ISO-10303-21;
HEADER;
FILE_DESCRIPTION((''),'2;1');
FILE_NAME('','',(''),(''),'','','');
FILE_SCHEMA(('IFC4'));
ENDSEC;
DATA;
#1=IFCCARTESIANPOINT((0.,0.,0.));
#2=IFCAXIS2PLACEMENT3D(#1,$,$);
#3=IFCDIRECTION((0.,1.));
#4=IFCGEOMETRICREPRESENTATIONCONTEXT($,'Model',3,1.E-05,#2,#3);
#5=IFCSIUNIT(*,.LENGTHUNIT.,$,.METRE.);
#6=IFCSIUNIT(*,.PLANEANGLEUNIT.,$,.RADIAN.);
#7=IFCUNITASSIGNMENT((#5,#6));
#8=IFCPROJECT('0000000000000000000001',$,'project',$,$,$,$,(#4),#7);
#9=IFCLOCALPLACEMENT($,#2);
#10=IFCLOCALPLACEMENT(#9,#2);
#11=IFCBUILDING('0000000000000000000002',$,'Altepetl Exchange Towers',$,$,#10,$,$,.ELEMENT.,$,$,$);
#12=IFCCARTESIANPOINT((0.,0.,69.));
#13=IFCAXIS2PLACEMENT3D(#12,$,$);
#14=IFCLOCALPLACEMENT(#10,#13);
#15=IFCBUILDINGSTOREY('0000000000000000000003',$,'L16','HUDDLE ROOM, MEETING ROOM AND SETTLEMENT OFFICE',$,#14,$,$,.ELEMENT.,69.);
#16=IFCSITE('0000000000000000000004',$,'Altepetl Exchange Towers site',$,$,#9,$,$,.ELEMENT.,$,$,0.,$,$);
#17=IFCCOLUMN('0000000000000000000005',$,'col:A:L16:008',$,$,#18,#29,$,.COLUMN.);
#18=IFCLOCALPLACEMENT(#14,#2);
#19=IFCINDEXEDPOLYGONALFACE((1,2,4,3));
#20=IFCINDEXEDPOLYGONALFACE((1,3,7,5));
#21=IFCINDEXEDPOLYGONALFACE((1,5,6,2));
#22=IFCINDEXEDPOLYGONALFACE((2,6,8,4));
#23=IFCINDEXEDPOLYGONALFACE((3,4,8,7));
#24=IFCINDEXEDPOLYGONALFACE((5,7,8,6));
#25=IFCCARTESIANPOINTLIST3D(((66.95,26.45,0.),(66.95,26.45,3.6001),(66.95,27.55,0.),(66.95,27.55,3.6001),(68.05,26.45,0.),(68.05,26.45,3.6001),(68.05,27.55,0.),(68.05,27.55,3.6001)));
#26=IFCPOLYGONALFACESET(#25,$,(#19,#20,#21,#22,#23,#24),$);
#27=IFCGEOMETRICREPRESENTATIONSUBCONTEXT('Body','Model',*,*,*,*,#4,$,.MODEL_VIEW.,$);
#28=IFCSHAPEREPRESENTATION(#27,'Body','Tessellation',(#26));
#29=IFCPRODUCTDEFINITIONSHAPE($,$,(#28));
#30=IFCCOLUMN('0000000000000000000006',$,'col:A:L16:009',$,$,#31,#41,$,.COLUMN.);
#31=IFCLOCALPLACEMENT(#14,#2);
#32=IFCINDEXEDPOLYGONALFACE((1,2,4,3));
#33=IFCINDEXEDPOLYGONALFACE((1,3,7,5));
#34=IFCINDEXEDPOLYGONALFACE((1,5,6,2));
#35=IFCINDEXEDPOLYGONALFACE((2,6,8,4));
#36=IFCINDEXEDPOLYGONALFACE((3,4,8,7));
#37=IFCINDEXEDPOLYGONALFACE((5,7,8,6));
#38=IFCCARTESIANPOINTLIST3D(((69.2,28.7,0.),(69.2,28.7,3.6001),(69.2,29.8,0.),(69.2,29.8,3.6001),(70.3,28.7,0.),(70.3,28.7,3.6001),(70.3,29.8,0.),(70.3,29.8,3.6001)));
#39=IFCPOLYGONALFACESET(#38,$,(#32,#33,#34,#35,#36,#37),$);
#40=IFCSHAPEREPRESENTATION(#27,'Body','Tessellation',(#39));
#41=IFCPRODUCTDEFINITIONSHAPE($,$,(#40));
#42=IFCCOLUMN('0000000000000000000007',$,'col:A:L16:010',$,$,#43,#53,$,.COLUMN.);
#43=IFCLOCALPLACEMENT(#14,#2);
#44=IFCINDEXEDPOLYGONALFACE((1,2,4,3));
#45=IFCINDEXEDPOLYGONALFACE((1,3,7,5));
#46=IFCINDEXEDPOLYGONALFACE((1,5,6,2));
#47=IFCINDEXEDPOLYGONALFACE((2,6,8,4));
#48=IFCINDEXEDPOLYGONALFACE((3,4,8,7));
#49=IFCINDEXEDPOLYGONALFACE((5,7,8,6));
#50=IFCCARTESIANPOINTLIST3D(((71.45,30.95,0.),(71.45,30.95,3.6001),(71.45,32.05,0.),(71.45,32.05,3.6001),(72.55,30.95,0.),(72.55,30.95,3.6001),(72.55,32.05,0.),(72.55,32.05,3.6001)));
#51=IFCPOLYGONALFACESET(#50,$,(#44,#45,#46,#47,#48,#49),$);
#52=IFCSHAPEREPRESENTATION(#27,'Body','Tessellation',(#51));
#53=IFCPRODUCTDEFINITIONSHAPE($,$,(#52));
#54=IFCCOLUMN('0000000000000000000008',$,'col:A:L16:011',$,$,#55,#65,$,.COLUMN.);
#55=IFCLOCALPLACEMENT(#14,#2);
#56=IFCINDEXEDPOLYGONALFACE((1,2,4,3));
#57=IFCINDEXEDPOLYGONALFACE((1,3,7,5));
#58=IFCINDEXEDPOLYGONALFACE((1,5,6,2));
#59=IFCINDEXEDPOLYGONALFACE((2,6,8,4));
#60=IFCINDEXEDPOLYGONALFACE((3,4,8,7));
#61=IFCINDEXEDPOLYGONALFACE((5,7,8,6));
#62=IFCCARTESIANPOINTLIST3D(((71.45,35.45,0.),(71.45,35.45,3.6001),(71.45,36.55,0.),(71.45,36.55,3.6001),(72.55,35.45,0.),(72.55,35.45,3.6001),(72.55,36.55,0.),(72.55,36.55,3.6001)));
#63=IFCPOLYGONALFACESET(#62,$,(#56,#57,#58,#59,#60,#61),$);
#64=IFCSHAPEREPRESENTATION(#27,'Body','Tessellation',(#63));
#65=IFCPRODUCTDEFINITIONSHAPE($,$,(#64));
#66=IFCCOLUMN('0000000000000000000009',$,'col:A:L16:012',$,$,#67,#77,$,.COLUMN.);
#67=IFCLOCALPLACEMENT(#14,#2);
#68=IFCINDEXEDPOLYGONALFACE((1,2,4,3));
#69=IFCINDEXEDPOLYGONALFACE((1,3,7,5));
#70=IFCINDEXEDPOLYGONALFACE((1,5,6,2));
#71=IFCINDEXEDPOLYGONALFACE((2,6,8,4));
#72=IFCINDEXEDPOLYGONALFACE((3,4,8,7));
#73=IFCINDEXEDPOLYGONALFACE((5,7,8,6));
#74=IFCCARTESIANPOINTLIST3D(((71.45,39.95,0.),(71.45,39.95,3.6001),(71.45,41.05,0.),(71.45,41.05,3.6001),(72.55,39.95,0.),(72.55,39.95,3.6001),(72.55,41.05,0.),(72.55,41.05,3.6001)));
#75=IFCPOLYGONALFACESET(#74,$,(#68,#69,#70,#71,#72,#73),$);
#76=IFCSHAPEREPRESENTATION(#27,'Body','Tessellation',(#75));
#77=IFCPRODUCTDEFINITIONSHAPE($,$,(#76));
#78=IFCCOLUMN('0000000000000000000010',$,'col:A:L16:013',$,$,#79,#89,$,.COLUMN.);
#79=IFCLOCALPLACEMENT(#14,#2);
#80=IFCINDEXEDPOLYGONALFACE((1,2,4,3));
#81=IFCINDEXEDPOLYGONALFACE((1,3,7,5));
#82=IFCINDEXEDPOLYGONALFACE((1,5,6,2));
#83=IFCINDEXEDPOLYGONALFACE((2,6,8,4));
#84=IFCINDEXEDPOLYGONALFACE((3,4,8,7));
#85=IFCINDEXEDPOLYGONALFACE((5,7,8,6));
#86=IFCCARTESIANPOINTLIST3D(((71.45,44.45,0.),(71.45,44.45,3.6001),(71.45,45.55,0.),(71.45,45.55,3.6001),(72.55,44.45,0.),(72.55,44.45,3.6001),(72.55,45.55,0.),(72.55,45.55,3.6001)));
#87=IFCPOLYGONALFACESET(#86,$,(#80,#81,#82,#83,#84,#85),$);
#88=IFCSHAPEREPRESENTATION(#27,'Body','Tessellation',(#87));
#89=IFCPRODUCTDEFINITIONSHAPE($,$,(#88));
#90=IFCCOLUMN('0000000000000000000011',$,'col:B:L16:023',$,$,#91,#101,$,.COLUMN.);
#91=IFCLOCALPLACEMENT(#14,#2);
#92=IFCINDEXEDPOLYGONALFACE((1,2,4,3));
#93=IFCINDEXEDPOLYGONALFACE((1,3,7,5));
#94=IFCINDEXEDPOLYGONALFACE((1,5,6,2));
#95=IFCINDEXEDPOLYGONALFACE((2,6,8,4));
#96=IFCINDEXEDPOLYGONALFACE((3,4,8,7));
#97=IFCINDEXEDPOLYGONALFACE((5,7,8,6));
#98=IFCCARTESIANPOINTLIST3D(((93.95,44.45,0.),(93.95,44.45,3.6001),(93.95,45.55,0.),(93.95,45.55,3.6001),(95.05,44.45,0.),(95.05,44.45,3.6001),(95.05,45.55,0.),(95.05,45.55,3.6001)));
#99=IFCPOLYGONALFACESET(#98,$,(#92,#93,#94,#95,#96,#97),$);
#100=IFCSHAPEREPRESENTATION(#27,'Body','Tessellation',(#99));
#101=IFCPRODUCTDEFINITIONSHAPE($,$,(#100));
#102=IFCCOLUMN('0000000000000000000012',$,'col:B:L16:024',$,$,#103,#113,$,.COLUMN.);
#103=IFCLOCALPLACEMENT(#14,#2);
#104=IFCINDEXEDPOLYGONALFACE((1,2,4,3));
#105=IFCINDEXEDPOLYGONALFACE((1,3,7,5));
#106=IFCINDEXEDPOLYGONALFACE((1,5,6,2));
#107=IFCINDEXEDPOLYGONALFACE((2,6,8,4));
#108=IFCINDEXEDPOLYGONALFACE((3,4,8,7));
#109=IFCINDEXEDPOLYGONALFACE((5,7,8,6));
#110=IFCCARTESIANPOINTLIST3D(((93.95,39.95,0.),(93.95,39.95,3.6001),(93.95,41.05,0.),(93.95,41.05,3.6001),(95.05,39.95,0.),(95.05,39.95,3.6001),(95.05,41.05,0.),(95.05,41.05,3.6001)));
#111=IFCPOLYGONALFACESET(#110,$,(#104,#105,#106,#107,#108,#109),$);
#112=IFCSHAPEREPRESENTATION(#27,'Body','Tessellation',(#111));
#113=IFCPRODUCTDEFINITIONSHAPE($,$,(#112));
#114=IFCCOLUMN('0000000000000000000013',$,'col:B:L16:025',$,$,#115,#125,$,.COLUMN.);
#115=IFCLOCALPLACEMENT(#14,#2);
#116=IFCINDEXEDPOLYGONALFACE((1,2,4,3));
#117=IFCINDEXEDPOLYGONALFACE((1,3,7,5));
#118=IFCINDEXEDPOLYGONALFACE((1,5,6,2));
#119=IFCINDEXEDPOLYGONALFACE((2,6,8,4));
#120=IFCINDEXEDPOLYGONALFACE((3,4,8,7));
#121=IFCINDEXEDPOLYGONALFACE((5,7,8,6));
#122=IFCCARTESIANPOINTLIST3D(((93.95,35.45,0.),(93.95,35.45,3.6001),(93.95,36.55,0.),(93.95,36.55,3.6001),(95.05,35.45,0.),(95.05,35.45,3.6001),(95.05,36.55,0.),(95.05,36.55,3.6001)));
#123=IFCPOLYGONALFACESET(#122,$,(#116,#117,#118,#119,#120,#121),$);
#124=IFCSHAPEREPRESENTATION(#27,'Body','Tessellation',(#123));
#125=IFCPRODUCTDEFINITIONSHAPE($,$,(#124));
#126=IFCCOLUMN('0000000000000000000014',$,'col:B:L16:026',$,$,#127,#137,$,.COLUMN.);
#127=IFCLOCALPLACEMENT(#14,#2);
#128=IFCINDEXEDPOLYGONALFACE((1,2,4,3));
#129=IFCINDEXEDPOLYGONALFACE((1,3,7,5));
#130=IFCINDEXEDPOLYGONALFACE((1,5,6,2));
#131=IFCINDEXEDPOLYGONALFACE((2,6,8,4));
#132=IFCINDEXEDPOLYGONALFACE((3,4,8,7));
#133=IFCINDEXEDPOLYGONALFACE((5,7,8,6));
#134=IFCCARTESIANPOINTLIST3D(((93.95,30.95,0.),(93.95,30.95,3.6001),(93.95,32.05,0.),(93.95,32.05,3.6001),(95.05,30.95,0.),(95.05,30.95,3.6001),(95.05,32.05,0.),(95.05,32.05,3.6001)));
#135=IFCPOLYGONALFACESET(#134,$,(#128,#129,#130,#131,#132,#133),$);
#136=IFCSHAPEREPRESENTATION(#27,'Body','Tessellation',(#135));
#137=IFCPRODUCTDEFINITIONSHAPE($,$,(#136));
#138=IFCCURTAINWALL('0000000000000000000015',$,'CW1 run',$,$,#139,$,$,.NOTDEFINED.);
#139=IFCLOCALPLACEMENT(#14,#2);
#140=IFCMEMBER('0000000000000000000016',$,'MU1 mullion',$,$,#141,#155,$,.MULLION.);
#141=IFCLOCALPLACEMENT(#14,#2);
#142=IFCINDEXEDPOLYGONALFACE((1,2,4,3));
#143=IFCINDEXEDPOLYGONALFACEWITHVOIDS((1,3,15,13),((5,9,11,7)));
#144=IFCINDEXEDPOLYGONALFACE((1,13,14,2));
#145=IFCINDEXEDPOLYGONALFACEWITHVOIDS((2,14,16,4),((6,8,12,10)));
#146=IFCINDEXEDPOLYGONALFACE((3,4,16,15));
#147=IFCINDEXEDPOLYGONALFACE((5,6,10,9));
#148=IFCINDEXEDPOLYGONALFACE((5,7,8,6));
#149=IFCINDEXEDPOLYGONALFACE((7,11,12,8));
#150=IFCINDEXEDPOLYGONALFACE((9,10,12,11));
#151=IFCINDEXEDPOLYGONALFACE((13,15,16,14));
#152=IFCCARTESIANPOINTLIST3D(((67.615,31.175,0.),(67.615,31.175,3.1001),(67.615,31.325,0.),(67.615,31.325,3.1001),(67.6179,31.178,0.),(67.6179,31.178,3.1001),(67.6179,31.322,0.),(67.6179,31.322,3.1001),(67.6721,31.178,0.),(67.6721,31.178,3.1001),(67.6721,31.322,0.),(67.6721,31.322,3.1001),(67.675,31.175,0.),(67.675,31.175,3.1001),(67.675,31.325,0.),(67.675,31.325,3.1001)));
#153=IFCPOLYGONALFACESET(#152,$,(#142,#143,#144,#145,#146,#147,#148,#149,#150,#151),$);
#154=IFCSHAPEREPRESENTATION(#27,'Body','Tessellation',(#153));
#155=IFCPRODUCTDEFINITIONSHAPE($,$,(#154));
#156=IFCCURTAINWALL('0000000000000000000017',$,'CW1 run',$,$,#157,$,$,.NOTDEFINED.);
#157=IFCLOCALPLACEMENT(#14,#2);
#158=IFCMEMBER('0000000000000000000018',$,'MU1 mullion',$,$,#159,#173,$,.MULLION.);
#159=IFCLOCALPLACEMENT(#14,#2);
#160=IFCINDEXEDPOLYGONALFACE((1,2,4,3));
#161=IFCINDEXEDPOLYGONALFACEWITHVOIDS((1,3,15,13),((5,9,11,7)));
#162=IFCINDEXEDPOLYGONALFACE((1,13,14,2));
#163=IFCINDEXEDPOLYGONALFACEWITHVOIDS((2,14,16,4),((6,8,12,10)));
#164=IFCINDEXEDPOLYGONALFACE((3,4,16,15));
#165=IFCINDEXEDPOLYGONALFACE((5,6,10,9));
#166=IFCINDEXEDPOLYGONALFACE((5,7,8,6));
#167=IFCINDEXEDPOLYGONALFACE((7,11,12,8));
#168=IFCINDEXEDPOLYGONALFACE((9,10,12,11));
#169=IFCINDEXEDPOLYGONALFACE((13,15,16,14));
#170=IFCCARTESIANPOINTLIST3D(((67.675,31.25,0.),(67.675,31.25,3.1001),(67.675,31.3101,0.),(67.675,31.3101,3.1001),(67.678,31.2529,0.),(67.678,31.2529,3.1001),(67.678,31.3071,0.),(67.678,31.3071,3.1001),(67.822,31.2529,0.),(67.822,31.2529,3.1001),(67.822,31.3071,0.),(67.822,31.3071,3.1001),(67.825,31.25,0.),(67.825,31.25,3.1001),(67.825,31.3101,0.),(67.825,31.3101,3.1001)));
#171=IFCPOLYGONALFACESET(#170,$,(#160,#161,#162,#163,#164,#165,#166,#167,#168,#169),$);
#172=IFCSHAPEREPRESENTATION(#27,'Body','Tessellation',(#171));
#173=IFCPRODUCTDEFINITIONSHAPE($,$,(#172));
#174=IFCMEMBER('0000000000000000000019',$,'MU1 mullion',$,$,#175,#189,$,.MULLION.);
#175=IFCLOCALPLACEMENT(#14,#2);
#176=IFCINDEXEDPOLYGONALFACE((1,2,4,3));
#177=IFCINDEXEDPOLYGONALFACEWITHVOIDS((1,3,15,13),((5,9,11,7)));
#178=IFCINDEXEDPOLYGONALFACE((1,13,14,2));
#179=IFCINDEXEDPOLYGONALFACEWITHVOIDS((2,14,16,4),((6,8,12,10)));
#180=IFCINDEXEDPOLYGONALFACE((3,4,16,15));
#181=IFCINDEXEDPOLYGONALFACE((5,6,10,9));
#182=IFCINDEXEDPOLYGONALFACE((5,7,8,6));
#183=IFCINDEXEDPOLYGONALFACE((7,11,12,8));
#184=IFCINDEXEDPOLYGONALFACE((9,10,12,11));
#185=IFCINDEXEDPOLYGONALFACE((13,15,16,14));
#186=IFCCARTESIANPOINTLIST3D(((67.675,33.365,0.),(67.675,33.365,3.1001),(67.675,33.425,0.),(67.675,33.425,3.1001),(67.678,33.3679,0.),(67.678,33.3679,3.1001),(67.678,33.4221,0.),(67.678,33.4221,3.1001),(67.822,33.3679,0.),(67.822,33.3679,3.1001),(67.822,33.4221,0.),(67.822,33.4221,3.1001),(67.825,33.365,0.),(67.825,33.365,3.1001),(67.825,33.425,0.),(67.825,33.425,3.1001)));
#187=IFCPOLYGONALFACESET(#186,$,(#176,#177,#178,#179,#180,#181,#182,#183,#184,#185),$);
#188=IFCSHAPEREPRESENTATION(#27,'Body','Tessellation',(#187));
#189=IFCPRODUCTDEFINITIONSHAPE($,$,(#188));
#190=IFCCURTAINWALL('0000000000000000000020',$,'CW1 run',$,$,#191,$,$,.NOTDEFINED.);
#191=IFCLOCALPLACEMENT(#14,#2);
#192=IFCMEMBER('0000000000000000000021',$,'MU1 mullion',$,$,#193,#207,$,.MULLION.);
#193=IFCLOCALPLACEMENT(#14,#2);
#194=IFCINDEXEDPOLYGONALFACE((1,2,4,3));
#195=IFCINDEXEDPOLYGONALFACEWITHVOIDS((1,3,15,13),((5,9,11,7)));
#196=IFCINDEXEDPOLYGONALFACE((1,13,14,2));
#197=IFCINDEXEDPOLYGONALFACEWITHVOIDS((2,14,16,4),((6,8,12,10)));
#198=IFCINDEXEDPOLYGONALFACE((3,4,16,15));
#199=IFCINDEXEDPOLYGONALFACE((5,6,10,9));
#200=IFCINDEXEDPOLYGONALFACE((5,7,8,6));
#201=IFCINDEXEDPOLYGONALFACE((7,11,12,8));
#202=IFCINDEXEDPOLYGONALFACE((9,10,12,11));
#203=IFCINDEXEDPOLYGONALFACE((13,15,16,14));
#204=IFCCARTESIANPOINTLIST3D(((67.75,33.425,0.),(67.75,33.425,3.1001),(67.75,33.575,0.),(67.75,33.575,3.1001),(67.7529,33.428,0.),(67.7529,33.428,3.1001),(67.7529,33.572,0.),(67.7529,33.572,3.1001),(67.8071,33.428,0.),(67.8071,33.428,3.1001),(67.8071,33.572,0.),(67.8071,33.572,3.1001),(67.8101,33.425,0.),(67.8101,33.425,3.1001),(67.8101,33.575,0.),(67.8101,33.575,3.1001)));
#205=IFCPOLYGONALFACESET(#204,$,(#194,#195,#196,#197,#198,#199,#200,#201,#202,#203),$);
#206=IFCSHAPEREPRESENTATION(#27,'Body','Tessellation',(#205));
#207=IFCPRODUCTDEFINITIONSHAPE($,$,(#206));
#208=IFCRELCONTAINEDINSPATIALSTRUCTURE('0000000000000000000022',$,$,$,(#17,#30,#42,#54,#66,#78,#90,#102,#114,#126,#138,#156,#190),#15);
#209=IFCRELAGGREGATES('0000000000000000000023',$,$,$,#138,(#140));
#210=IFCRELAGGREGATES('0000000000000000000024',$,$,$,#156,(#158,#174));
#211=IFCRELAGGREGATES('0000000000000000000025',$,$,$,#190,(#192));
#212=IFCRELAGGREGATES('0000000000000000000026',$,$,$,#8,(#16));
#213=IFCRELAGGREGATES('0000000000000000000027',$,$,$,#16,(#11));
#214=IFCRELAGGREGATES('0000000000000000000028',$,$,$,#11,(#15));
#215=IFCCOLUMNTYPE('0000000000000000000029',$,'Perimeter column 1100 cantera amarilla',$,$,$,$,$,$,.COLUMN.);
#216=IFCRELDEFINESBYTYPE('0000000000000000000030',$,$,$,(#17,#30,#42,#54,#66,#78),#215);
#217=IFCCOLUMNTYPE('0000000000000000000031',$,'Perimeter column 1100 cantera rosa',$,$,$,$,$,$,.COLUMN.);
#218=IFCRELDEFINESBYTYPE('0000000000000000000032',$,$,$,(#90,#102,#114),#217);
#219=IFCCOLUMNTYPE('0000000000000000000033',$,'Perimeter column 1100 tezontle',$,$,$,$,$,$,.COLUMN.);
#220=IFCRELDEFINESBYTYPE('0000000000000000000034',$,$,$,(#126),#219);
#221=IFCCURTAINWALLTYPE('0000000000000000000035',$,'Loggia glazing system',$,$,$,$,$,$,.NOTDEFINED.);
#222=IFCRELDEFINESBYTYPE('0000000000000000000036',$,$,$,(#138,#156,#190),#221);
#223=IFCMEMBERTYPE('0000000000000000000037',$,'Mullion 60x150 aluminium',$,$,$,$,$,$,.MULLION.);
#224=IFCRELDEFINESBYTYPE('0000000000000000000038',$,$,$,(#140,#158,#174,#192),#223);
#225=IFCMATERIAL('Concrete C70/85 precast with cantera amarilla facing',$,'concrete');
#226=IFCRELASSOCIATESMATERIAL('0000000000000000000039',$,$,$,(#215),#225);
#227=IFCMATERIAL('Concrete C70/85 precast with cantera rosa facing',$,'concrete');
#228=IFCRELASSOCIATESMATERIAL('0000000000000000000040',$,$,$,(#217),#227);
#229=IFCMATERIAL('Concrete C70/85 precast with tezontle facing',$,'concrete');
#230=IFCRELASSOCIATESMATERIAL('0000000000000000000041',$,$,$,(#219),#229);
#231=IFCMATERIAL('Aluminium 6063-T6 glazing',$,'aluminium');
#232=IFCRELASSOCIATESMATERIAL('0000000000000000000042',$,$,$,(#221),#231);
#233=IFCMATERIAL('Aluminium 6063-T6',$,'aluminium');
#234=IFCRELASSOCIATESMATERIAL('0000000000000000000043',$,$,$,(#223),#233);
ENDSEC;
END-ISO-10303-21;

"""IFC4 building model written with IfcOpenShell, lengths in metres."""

from ifc_helpers import new_model, si_unit, direction, frame, origin, origin_2d, place, context, subcontext, project, spatial, rectangle, hollow_rectangle, extrude, material, material_profile, profile_set, type_object, element, aggregate, save


model = new_model("IFC4")

# Units and contexts
model_context = context("Model", 3, precision=1e-05, world=origin(), true_north=direction((0.0, 1.0)))
body_context = subcontext(model_context, "Body", "Model", "MODEL_VIEW")
ifc_project = project(units=[si_unit("LENGTHUNIT", "METRE"), si_unit("PLANEANGLEUNIT", "RADIAN")], contexts=[model_context])

# Site, building, storey
site_placement = place(None, origin())
site = spatial("IfcSite", under=ifc_project, at=site_placement, Name="Altepetl Exchange Towers site", CompositionType="ELEMENT", RefElevation=0.0)
building_placement = place(site_placement, origin())
building = spatial("IfcBuilding", under=site, at=building_placement, Name="Altepetl Exchange Towers", CompositionType="ELEMENT")
storey_placement = place(building_placement, frame((0.0, 0.0, 69.0)))
storey = spatial("IfcBuildingStorey", under=building, at=storey_placement, Name="L16", Description="HUDDLE ROOM, MEETING ROOM AND SETTLEMENT OFFICE", CompositionType="ELEMENT", Elevation=69.0)

# Columns
ifc_material_1 = material(Name="Concrete C70/85 precast with cantera amarilla facing", Category="concrete")
ifc_material_profile_1 = material_profile(ifc_material_1, rectangle(XDim=1.1001, YDim=1.1001, at=origin_2d()), Name="1100 x 1100")
ifc_profile_set_1 = profile_set([ifc_material_profile_1], Name="Concrete C70/85 precast with cantera amarilla facing")
column_type_1 = type_object("IfcColumnType", Name="Perimeter column 1100 cantera amarilla", PredefinedType="COLUMN", material=ifc_profile_set_1)
for number, where, name in (
    (1, (67.5, 27.0, 0.0), "col:A:L16:008"),
    (2, (69.75, 29.25, 0.0), "col:A:L16:009"),
    (3, (72.0, 31.5, 0.0), "col:A:L16:010"),
    (4, (72.0, 36.0, 0.0), "col:A:L16:011"),
    (5, (72.0, 40.5, 0.0), "col:A:L16:012"),
    (6, (72.0, 45.0, 0.0), "col:A:L16:013"),
):
    element("IfcColumn", number, at=place(storey_placement, frame(where)), inside=storey, type_object=column_type_1, Name=name, PredefinedType="COLUMN", context=body_context, shape_type="SweptSolid", body=[
        extrude(rectangle(XDim=1.1001, YDim=1.1001, at=origin_2d()), origin(), (0.0, 0.0, 1.0), 3.6001),
    ])
ifc_material_2 = material(Name="Concrete C70/85 precast with cantera rosa facing", Category="concrete")
ifc_material_profile_2 = material_profile(ifc_material_2, rectangle(XDim=1.1001, YDim=1.1001, at=origin_2d()), Name="1100 x 1100")
ifc_profile_set_2 = profile_set([ifc_material_profile_2], Name="Concrete C70/85 precast with cantera rosa facing")
column_type_2 = type_object("IfcColumnType", Name="Perimeter column 1100 cantera rosa", PredefinedType="COLUMN", material=ifc_profile_set_2)
for number, where, name in (
    (7, (94.5, 45.0, 0.0), "col:B:L16:023"),
    (8, (94.5, 40.5, 0.0), "col:B:L16:024"),
    (9, (94.5, 36.0, 0.0), "col:B:L16:025"),
):
    element("IfcColumn", number, at=place(storey_placement, frame(where)), inside=storey, type_object=column_type_2, Name=name, PredefinedType="COLUMN", context=body_context, shape_type="SweptSolid", body=[
        extrude(rectangle(XDim=1.1001, YDim=1.1001, at=origin_2d()), origin(), (0.0, 0.0, 1.0), 3.6001),
    ])
ifc_material_3 = material(Name="Concrete C70/85 precast with tezontle facing", Category="concrete")
ifc_material_profile_3 = material_profile(ifc_material_3, rectangle(XDim=1.1001, YDim=1.1001, at=origin_2d()), Name="1100 x 1100")
ifc_profile_set_3 = profile_set([ifc_material_profile_3], Name="Concrete C70/85 precast with tezontle facing")
column_type_3 = type_object("IfcColumnType", Name="Perimeter column 1100 tezontle", PredefinedType="COLUMN", material=ifc_profile_set_3)
column_placement = place(storey_placement, frame((94.5, 31.5, 0.0)))
element("IfcColumn", 10, at=column_placement, inside=storey, type_object=column_type_3, Name="col:B:L16:026", PredefinedType="COLUMN", context=body_context, shape_type="SweptSolid", body=[
    extrude(rectangle(XDim=1.1001, YDim=1.1001, at=origin_2d()), origin(), (0.0, 0.0, 1.0), 3.6001),
])

# Curtain wall, member
ifc_material_4 = material(Name="Aluminium 6063-T6 glazing", Category="aluminium")
curtain_wall_type = type_object("IfcCurtainWallType", Name="Loggia glazing system", PredefinedType="NOTDEFINED", material=ifc_material_4)
curtain_wall_1_placement = place(storey_placement, origin())
curtain_wall_1 = element("IfcCurtainWall", 11, at=curtain_wall_1_placement, inside=storey, type_object=curtain_wall_type, Name="CW1 run", PredefinedType="NOTDEFINED")
ifc_material_5 = material(Name="Aluminium 6063-T6", Category="aluminium")
ifc_material_profile_4 = material_profile(ifc_material_5, hollow_rectangle(XDim=0.0601, YDim=0.1499, WallThickness=0.0029, at=origin_2d()), Name="Mullion 60x150 aluminium")
ifc_profile_set_4 = profile_set([ifc_material_profile_4], Name="Aluminium 6063-T6")
member_type = type_object("IfcMemberType", Name="Mullion 60x150 aluminium", PredefinedType="MULLION", material=ifc_profile_set_4)
member_1_placement = place(storey_placement, frame((67.645, 31.25, 0.0)))
member_1 = element("IfcMember", 12, at=member_1_placement, type_object=member_type, Name="MU1 mullion", PredefinedType="MULLION", context=body_context, shape_type="SweptSolid", body=[
    extrude(hollow_rectangle(XDim=0.0601, YDim=0.1499, WallThickness=0.0029, at=origin_2d()), origin(), (0.0, 0.0, 1.0), 3.1001),
])
aggregate(curtain_wall_1, [member_1])

# Curtain walls, members
curtain_wall_2_placement = place(storey_placement, origin())
curtain_wall_2 = element("IfcCurtainWall", 13, at=curtain_wall_2_placement, inside=storey, type_object=curtain_wall_type, Name="CW1 run", PredefinedType="NOTDEFINED")
member_2_placement = place(storey_placement, frame((67.75, 31.28, 0.0), z_axis=(0.0, 0.0, 1.0), x_axis=(0.0, 1.0, 0.0)))
member_2 = element("IfcMember", 14, at=member_2_placement, type_object=member_type, Name="MU1 mullion", PredefinedType="MULLION", context=body_context, shape_type="SweptSolid", body=[
    extrude(hollow_rectangle(XDim=0.0601, YDim=0.1499, WallThickness=0.0029, at=origin_2d()), origin(), (0.0, 0.0, 1.0), 3.1001),
])
member_3_placement = place(storey_placement, frame((67.75, 33.395, 0.0), z_axis=(0.0, 0.0, 1.0), x_axis=(0.0, 1.0, 0.0)))
member_3 = element("IfcMember", 15, at=member_3_placement, type_object=member_type, Name="MU1 mullion", PredefinedType="MULLION", context=body_context, shape_type="SweptSolid", body=[
    extrude(hollow_rectangle(XDim=0.0601, YDim=0.1499, WallThickness=0.0029, at=origin_2d()), origin(), (0.0, 0.0, 1.0), 3.1001),
])
curtain_wall_3_placement = place(storey_placement, origin())
curtain_wall_3 = element("IfcCurtainWall", 16, at=curtain_wall_3_placement, inside=storey, type_object=curtain_wall_type, Name="CW1 run", PredefinedType="NOTDEFINED")
member_4_placement = place(storey_placement, frame((67.78, 33.5, 0.0)))
member_4 = element("IfcMember", 17, at=member_4_placement, type_object=member_type, Name="MU1 mullion", PredefinedType="MULLION", context=body_context, shape_type="SweptSolid", body=[
    extrude(hollow_rectangle(XDim=0.0601, YDim=0.1499, WallThickness=0.0029, at=origin_2d()), origin(), (0.0, 0.0, 1.0), 3.1001),
])

aggregate(curtain_wall_2, [member_2, member_3])
aggregate(curtain_wall_3, [member_4])

save(model, "model.ifc")
